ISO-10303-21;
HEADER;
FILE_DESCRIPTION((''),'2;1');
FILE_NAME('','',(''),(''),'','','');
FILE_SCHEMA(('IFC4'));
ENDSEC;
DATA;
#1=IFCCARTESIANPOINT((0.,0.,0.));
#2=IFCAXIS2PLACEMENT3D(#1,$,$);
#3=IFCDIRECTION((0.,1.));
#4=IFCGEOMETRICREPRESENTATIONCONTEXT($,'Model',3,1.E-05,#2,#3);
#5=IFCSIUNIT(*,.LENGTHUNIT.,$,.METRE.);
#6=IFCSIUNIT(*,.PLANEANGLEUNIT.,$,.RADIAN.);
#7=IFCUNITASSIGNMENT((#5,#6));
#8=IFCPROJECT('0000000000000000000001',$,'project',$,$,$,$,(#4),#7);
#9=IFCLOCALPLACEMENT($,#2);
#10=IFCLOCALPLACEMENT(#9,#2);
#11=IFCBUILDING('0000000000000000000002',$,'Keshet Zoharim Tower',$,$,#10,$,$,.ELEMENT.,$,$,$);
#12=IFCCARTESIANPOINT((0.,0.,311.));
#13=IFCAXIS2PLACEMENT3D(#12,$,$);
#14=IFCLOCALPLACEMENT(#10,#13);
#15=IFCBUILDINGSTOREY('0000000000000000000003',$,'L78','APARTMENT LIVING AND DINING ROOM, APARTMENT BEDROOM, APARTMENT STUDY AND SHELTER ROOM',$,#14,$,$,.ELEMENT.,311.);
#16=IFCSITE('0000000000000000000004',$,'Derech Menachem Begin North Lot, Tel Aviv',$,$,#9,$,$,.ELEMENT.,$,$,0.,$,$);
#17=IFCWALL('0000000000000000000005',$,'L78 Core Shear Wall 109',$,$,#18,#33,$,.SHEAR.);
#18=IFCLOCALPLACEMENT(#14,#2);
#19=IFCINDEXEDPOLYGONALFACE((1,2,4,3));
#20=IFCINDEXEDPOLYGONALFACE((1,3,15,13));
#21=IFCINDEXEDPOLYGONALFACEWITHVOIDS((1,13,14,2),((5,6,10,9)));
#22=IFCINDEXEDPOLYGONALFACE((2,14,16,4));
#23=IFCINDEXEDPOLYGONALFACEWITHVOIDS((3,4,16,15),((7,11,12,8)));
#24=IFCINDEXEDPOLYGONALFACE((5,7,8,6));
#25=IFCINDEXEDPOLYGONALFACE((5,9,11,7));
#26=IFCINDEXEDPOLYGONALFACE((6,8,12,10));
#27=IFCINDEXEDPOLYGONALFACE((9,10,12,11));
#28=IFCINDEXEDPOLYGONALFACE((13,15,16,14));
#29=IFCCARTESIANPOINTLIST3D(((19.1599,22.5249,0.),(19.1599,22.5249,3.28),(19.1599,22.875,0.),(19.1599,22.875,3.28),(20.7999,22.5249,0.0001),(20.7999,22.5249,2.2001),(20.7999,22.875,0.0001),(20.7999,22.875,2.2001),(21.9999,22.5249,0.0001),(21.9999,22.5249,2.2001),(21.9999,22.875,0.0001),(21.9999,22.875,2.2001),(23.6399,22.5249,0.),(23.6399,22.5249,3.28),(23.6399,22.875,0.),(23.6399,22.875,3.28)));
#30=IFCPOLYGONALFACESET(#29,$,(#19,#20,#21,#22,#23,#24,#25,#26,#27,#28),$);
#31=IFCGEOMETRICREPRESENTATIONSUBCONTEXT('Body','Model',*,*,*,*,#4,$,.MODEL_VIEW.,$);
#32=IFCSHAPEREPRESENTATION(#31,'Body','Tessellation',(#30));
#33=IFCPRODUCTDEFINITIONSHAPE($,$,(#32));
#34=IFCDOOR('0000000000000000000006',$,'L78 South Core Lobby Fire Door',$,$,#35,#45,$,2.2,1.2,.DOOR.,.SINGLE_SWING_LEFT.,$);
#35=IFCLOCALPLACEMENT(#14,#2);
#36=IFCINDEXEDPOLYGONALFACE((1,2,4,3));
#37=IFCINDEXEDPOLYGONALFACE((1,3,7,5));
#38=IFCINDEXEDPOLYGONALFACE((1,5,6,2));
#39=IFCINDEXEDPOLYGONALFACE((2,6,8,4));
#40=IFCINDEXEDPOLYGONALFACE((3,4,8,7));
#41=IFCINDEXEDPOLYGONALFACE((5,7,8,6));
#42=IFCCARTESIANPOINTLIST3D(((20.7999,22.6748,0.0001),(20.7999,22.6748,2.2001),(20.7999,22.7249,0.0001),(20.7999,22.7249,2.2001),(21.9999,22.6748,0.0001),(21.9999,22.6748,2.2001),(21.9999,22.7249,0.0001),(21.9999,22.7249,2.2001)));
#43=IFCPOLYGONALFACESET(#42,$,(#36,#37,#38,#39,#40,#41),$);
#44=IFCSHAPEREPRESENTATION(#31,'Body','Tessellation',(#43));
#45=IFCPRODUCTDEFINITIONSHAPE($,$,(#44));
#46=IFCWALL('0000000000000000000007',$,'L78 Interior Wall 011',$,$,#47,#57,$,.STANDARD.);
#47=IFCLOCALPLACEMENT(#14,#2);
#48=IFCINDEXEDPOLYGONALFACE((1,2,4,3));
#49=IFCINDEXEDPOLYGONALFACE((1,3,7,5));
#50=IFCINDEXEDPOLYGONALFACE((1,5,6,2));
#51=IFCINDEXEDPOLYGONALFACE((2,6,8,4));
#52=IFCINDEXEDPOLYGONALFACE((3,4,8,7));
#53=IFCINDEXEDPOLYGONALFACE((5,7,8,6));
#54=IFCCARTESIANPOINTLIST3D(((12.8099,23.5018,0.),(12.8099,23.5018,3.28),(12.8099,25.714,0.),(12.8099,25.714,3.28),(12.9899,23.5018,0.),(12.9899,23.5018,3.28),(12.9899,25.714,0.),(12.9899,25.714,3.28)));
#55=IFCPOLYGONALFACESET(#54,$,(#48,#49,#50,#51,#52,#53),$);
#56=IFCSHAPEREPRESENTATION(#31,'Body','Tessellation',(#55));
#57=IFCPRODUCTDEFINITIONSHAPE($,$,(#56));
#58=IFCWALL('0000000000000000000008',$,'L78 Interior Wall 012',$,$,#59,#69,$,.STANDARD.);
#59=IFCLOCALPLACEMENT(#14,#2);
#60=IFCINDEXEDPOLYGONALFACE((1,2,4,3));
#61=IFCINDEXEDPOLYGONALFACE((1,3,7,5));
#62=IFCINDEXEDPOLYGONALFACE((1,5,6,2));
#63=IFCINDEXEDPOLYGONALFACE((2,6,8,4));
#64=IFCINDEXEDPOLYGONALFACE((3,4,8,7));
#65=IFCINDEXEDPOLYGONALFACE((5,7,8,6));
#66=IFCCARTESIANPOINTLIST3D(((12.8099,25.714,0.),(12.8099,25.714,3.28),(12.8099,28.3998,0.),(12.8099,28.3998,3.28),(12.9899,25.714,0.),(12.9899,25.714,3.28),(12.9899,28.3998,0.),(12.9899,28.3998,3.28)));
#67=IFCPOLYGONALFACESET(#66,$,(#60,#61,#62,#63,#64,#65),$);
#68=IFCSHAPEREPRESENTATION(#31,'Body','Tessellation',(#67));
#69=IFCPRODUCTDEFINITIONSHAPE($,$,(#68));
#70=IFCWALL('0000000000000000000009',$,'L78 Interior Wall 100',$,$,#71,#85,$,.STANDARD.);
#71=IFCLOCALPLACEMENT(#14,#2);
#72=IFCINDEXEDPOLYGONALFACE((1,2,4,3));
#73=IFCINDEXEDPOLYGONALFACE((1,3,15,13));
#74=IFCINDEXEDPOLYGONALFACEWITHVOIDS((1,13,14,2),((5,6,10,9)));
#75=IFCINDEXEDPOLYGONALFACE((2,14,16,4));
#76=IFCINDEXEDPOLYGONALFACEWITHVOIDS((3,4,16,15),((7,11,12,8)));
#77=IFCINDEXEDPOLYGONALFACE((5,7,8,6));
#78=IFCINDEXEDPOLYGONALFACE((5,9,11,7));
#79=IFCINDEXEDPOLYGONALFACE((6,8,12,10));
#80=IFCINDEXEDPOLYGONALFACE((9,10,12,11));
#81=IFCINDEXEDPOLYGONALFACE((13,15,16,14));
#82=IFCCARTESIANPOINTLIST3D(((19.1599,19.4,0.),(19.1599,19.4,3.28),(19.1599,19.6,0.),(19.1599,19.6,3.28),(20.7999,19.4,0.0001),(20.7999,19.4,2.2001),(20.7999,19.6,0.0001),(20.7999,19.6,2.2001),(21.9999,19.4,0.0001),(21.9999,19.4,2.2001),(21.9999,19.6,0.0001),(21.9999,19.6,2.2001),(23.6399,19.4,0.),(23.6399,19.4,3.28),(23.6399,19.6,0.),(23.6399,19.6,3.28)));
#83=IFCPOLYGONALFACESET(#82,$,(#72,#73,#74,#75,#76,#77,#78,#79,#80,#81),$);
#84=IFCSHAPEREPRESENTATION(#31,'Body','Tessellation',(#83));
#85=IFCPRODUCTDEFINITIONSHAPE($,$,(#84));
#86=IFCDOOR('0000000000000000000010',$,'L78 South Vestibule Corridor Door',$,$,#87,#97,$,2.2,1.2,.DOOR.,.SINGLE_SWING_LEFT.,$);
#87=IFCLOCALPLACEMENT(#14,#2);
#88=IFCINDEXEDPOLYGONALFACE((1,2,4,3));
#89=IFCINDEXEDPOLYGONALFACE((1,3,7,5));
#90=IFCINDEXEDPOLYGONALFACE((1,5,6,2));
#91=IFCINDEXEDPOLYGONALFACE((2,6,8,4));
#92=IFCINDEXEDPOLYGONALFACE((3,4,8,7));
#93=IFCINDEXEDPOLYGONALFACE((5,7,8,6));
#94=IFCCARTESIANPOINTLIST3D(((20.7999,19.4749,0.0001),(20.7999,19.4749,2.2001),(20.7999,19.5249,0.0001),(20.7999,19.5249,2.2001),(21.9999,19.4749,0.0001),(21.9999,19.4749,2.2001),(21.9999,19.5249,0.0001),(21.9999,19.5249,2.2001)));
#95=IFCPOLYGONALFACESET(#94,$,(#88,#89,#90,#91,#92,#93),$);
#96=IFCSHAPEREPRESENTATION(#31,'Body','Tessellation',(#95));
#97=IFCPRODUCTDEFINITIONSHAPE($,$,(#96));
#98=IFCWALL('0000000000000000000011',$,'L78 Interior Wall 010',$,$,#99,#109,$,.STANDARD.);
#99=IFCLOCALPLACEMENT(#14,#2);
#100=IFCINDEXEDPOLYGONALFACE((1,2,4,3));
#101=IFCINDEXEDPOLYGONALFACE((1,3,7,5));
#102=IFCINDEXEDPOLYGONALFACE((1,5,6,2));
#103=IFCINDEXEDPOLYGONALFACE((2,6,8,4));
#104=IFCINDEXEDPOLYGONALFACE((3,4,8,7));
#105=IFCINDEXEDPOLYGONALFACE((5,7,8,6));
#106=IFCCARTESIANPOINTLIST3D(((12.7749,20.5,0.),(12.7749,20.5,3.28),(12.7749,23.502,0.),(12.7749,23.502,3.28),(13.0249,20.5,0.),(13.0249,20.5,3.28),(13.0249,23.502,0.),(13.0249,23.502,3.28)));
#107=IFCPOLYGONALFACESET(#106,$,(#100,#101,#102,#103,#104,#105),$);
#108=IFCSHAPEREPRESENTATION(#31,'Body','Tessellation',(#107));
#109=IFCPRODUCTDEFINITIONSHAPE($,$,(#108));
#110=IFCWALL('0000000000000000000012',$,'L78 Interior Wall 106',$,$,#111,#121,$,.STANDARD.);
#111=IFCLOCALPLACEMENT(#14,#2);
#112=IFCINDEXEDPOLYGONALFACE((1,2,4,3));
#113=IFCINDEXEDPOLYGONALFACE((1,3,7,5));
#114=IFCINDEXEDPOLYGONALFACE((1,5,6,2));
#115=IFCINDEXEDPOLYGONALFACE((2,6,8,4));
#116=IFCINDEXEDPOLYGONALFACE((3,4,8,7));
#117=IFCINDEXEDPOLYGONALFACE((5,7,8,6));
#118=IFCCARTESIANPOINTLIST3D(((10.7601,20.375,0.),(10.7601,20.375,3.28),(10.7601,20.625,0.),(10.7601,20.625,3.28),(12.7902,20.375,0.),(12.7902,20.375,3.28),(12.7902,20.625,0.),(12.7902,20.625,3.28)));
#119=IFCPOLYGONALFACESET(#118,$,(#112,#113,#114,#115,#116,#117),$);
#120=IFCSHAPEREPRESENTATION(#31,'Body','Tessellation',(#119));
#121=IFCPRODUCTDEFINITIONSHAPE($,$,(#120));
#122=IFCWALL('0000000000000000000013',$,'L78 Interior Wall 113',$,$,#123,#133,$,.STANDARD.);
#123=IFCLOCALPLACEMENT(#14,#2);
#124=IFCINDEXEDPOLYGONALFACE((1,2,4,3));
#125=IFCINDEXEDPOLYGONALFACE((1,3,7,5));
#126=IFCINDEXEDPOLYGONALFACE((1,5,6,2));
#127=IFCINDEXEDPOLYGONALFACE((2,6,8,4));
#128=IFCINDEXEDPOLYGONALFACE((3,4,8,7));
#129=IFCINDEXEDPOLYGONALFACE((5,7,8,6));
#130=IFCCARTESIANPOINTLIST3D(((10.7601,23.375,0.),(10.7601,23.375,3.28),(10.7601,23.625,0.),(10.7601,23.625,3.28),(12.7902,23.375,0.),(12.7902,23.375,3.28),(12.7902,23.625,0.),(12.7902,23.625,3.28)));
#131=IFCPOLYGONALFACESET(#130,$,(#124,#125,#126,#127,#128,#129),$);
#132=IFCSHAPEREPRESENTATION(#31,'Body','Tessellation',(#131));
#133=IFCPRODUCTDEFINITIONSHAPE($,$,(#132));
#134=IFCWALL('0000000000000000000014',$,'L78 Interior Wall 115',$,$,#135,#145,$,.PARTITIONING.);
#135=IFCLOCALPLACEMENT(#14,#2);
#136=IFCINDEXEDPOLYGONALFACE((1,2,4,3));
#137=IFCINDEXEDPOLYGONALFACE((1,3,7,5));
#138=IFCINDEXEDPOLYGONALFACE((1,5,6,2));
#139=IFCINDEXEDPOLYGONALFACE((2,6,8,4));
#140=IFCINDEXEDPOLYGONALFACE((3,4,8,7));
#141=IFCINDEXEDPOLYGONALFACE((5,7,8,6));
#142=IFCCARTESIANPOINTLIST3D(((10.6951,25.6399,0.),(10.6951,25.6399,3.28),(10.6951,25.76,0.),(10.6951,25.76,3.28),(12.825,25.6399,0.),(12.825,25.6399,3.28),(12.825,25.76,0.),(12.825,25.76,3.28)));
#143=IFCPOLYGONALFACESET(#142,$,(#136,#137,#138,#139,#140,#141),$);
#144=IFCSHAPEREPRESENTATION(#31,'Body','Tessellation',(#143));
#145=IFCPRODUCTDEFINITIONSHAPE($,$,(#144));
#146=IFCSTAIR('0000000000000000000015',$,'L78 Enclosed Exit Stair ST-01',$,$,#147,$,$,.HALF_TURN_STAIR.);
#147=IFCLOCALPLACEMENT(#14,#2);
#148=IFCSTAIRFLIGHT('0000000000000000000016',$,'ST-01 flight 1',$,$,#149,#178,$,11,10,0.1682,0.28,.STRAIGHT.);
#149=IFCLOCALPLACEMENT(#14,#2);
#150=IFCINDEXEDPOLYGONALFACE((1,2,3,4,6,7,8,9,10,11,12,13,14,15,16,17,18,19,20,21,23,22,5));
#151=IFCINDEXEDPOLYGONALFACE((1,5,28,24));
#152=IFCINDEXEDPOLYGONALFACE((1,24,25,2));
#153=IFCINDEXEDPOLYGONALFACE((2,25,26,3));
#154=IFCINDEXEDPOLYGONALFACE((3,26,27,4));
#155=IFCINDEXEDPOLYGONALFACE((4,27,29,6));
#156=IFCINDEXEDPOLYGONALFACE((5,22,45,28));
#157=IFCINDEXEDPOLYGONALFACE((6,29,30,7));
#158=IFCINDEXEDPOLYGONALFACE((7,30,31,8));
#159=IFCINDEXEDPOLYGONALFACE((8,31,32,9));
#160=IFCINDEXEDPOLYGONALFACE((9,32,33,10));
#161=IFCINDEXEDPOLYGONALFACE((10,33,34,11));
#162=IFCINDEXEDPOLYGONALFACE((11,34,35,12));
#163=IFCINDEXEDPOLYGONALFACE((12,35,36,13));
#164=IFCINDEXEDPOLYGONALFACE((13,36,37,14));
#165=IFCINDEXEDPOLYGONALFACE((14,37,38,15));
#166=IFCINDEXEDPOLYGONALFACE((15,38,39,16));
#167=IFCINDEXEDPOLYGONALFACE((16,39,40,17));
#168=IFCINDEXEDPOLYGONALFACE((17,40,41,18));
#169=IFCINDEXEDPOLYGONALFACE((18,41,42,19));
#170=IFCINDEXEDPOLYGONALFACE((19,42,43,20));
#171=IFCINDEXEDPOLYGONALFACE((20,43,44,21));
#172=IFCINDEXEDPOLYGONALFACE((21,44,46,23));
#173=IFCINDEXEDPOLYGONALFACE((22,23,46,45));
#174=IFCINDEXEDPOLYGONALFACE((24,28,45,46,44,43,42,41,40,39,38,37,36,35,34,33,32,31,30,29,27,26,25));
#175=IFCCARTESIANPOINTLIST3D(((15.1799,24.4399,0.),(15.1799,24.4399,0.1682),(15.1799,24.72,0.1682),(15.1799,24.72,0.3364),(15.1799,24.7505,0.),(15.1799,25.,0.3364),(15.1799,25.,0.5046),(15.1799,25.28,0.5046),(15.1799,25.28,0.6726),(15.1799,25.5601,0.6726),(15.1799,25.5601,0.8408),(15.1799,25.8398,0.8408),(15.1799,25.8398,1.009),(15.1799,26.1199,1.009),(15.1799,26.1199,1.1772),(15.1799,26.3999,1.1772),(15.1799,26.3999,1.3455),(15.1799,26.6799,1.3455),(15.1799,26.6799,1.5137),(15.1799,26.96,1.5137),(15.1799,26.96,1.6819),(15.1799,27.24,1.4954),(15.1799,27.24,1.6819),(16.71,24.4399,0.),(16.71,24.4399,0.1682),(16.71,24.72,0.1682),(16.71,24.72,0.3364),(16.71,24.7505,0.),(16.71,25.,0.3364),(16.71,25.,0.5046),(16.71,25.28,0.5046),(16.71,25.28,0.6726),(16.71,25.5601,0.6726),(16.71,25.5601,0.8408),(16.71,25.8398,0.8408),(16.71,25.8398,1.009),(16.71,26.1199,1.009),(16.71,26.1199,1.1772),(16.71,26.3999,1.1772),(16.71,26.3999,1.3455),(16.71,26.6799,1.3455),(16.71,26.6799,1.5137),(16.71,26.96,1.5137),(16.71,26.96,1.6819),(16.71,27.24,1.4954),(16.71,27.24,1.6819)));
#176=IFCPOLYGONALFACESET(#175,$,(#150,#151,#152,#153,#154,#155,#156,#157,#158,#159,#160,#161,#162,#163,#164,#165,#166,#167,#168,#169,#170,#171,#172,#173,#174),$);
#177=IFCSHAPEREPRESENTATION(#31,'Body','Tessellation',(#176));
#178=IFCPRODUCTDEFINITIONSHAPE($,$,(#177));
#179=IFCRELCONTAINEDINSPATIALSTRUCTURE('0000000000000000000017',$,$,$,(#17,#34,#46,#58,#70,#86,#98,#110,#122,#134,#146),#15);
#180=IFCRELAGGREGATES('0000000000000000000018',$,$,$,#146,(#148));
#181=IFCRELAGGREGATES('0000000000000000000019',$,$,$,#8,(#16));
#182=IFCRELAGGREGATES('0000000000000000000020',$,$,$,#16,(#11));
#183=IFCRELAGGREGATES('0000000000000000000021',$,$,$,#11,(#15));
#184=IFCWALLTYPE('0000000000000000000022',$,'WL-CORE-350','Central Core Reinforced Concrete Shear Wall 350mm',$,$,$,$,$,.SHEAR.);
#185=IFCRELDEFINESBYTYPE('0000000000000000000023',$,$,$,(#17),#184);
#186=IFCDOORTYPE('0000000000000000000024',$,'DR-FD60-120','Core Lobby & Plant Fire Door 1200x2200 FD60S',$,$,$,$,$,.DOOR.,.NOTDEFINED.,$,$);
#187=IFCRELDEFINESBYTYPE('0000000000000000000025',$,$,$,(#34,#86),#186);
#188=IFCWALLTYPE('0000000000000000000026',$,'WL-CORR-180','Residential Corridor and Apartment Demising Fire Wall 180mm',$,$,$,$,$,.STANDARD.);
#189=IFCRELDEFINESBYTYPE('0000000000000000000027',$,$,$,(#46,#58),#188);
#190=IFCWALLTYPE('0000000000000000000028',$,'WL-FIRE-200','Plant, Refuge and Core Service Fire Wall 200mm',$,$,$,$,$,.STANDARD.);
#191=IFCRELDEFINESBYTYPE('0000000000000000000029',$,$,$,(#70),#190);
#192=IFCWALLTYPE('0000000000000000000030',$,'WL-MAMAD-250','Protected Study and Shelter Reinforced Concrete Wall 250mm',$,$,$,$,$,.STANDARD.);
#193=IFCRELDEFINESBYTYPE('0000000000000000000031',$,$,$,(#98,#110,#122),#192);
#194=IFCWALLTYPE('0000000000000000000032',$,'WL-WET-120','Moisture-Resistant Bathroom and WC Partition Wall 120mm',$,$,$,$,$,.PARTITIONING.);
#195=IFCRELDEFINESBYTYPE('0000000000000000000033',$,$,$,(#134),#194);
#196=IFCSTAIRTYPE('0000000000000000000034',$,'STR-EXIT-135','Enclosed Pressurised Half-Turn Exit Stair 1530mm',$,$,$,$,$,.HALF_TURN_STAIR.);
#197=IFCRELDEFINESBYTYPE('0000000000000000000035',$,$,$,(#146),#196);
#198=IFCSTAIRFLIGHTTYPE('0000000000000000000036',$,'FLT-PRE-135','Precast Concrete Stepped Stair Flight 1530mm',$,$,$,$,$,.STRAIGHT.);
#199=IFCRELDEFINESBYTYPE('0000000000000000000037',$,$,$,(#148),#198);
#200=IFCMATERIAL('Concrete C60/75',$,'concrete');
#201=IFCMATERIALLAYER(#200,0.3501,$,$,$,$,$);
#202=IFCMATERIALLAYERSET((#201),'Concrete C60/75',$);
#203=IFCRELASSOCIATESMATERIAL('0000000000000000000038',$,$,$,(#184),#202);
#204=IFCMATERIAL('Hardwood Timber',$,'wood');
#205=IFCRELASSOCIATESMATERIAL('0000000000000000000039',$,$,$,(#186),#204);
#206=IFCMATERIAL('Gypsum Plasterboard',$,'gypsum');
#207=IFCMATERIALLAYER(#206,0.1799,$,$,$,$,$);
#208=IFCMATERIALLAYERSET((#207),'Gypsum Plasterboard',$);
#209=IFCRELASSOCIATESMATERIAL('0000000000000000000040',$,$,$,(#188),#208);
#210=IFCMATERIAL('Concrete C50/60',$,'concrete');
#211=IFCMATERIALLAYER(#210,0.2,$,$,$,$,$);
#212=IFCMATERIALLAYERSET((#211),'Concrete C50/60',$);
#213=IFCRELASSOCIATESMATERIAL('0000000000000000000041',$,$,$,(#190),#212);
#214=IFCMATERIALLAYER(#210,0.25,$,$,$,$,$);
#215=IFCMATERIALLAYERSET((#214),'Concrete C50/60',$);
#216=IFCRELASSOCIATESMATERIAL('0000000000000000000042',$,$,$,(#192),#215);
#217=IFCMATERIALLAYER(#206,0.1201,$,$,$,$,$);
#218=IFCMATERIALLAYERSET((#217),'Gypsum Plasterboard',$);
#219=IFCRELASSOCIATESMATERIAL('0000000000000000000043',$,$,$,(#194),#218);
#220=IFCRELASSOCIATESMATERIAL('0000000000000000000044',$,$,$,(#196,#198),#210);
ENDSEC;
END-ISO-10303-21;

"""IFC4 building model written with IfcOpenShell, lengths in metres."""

from ifc_helpers import new_model, si_unit, direction, frame, frame_2d, origin, place, context, subcontext, project, spatial, polyline, rectangle, outline, extrude, material, layer, layer_set, type_object, element, fill, aggregate, save


model = new_model("IFC4")

# Units and contexts
model_context = context("Model", 3, precision=1e-05, world=origin(), true_north=direction((0.0, 1.0)))
body_context = subcontext(model_context, "Body", "Model", "MODEL_VIEW")
ifc_project = project(units=[si_unit("LENGTHUNIT", "METRE"), si_unit("PLANEANGLEUNIT", "RADIAN")], contexts=[model_context])

# Site, building, storey
site_placement = place(None, origin())
site = spatial("IfcSite", under=ifc_project, at=site_placement, Name="Derech Menachem Begin North Lot, Tel Aviv", CompositionType="ELEMENT", RefElevation=0.0)
building_placement = place(site_placement, origin())
building = spatial("IfcBuilding", under=site, at=building_placement, Name="Keshet Zoharim Tower", CompositionType="ELEMENT")
storey_placement = place(building_placement, frame((0.0, 0.0, 311.0)))
storey = spatial("IfcBuildingStorey", under=building, at=storey_placement, Name="L78", Description="APARTMENT LIVING AND DINING ROOM, APARTMENT BEDROOM, APARTMENT STUDY AND SHELTER ROOM", CompositionType="ELEMENT", Elevation=311.0)

# Shared definitions
ifc_material_1 = material(Name="Concrete C50/60", Category="concrete")

# Shared definitions
ifc_material_2 = material(Name="Concrete C60/75", Category="concrete")
ifc_layer_1 = layer(ifc_material_2, 0.3501)
ifc_layer_set_1 = layer_set([ifc_layer_1], Name="Concrete C60/75")
wall_type_1 = type_object("IfcWallType", Name="WL-CORE-350", Description="Central Core Reinforced Concrete Shear Wall 350mm", PredefinedType="SHEAR", material=ifc_layer_set_1)

# Shared definitions
ifc_material_3 = material(Name="Hardwood Timber", Category="wood")

# Wall, opening, door
wall_1_placement = place(storey_placement, frame((19.1599, 22.7, 0.0), z_axis=(0.0, 0.0, 1.0), x_axis=(1.0, 0.0, 0.0)))
wall_1 = element("IfcWall", 1, at=wall_1_placement, inside=storey, type_object=wall_type_1, Name="L78 Core Shear Wall 109", PredefinedType="SHEAR", context=body_context, shape_type="SweptSolid", body=[
    extrude(rectangle(XDim=4.48, YDim=0.3501, at=frame_2d((2.24, 0.0))), origin(), (0.0, 0.0, 1.0), 3.28),
])
opening_1_placement = place(wall_1_placement, frame((1.6399, 0.0, 0.0)))
opening_1 = element("IfcOpeningElement", 2, at=opening_1_placement, cuts=wall_1, PredefinedType="OPENING", context=body_context, shape_type="SweptSolid", body=[
    extrude(rectangle(XDim=1.2, YDim=2.2, at=frame_2d((0.6001, 1.1001))), frame((0.0, 0.1851, 0.0), z_axis=(0.0, -1.0, 0.0), x_axis=(1.0, 0.0, 0.0)), (0.0, 0.0, 1.0), 0.3701),
])
door_type_1 = type_object("IfcDoorType", Name="DR-FD60-120", Description="Core Lobby & Plant Fire Door 1200x2200 FD60S", OperationType="NOTDEFINED", PredefinedType="DOOR", material=ifc_material_3)
door_1_placement = place(opening_1_placement, origin())
door_1 = element("IfcDoor", 3, at=door_1_placement, inside=storey, type_object=door_type_1, Name="L78 South Core Lobby Fire Door", OperationType="SINGLE_SWING_LEFT", OverallHeight=2.2, OverallWidth=1.2, PredefinedType="DOOR", context=body_context, shape_type="SweptSolid", body=[
    extrude(rectangle(XDim=1.2, YDim=2.2, at=frame_2d((0.6001, 1.1001))), frame((0.0, 0.0249, 0.0), z_axis=(0.0, -1.0, 0.0), x_axis=(1.0, 0.0, 0.0)), (0.0, 0.0, 1.0), 0.05),
])
fill(opening_1, door_1)

# Walls
ifc_material_4 = material(Name="Gypsum Plasterboard", Category="gypsum")
ifc_layer_2 = layer(ifc_material_4, 0.1799)
ifc_layer_set_2 = layer_set([ifc_layer_2], Name="Gypsum Plasterboard")
wall_type_2 = type_object("IfcWallType", Name="WL-CORR-180", Description="Residential Corridor and Apartment Demising Fire Wall 180mm", PredefinedType="STANDARD", material=ifc_layer_set_2)
wall_2_placement = place(storey_placement, frame((12.8999, 23.502, 0.0), z_axis=(0.0, 0.0, 1.0), x_axis=(0.0, 1.0, 0.0)))
element("IfcWall", 4, at=wall_2_placement, inside=storey, type_object=wall_type_2, Name="L78 Interior Wall 011", PredefinedType="STANDARD", context=body_context, shape_type="SweptSolid", body=[
    extrude(rectangle(XDim=2.2122, YDim=0.1799, at=frame_2d((1.106, 0.0))), origin(), (0.0, 0.0, 1.0), 3.28),
])
wall_3_placement = place(storey_placement, frame((12.8999, 25.7141, 0.0), z_axis=(0.0, 0.0, 1.0), x_axis=(0.0, 1.0, 0.0)))
element("IfcWall", 5, at=wall_3_placement, inside=storey, type_object=wall_type_2, Name="L78 Interior Wall 012", PredefinedType="STANDARD", context=body_context, shape_type="SweptSolid", body=[
    extrude(rectangle(XDim=2.6858, YDim=0.1799, at=frame_2d((1.3428, 0.0))), origin(), (0.0, 0.0, 1.0), 3.28),
])

# Wall, opening, door
ifc_layer_3 = layer(ifc_material_1, 0.2)
ifc_layer_set_3 = layer_set([ifc_layer_3], Name="Concrete C50/60")
wall_type_3 = type_object("IfcWallType", Name="WL-FIRE-200", Description="Plant, Refuge and Core Service Fire Wall 200mm", PredefinedType="STANDARD", material=ifc_layer_set_3)
wall_4_placement = place(storey_placement, frame((19.1599, 19.5, 0.0), z_axis=(0.0, 0.0, 1.0), x_axis=(1.0, 0.0, 0.0)))
wall_4 = element("IfcWall", 6, at=wall_4_placement, inside=storey, type_object=wall_type_3, Name="L78 Interior Wall 100", PredefinedType="STANDARD", context=body_context, shape_type="SweptSolid", body=[
    extrude(rectangle(XDim=4.48, YDim=0.2, at=frame_2d((2.24, 0.0))), origin(), (0.0, 0.0, 1.0), 3.28),
])
opening_2_placement = place(wall_4_placement, frame((1.6399, 0.0, 0.0)))
opening_2 = element("IfcOpeningElement", 7, at=opening_2_placement, cuts=wall_4, PredefinedType="OPENING", context=body_context, shape_type="SweptSolid", body=[
    extrude(rectangle(XDim=1.2, YDim=2.2, at=frame_2d((0.6001, 1.1001))), frame((0.0, 0.1099, 0.0), z_axis=(0.0, -1.0, 0.0), x_axis=(1.0, 0.0, 0.0)), (0.0, 0.0, 1.0), 0.22),
])
door_2_placement = place(opening_2_placement, origin())
door_2 = element("IfcDoor", 8, at=door_2_placement, inside=storey, type_object=door_type_1, Name="L78 South Vestibule Corridor Door", OperationType="SINGLE_SWING_LEFT", OverallHeight=2.2, OverallWidth=1.2, PredefinedType="DOOR", context=body_context, shape_type="SweptSolid", body=[
    extrude(rectangle(XDim=1.2, YDim=2.2, at=frame_2d((0.6001, 1.1001))), frame((0.0, 0.0249, 0.0), z_axis=(0.0, -1.0, 0.0), x_axis=(1.0, 0.0, 0.0)), (0.0, 0.0, 1.0), 0.05),
])
fill(opening_2, door_2)

# Walls
ifc_layer_4 = layer(ifc_material_1, 0.25)
ifc_layer_set_4 = layer_set([ifc_layer_4], Name="Concrete C50/60")
wall_type_4 = type_object("IfcWallType", Name="WL-MAMAD-250", Description="Protected Study and Shelter Reinforced Concrete Wall 250mm", PredefinedType="STANDARD", material=ifc_layer_set_4)
wall_5_placement = place(storey_placement, frame((12.8999, 20.5, 0.0), z_axis=(0.0, 0.0, 1.0), x_axis=(0.0, 1.0, 0.0)))
element("IfcWall", 9, at=wall_5_placement, inside=storey, type_object=wall_type_4, Name="L78 Interior Wall 010", PredefinedType="STANDARD", context=body_context, shape_type="SweptSolid", body=[
    extrude(rectangle(XDim=3.002, YDim=0.25, at=frame_2d((1.501, 0.0))), origin(), (0.0, 0.0, 1.0), 3.28),
])
for number, where, z_axis, x_axis, name in (
    (10, (10.76, 20.5, 0.0), (0.0, 0.0, 1.0), (1.0, 0.0, 0.0), "L78 Interior Wall 106"),
    (11, (10.76, 23.5, 0.0), (0.0, 0.0, 1.0), (1.0, 0.0, 0.0), "L78 Interior Wall 113"),
):
    element("IfcWall", number, at=place(storey_placement, frame(where, z_axis=z_axis, x_axis=x_axis)), inside=storey, type_object=wall_type_4, Name=name, PredefinedType="STANDARD", context=body_context, shape_type="SweptSolid", body=[
        extrude(rectangle(XDim=2.03, YDim=0.25, at=frame_2d((1.0151, 0.0))), origin(), (0.0, 0.0, 1.0), 3.28),
    ])

# Wall
ifc_layer_5 = layer(ifc_material_4, 0.1201)
ifc_layer_set_5 = layer_set([ifc_layer_5], Name="Gypsum Plasterboard")
wall_type_5 = type_object("IfcWallType", Name="WL-WET-120", Description="Moisture-Resistant Bathroom and WC Partition Wall 120mm", PredefinedType="PARTITIONING", material=ifc_layer_set_5)
wall_6_placement = place(storey_placement, frame((10.6951, 25.7, 0.0), z_axis=(0.0, 0.0, 1.0), x_axis=(1.0, 0.0, 0.0)))
element("IfcWall", 12, at=wall_6_placement, inside=storey, type_object=wall_type_5, Name="L78 Interior Wall 115", PredefinedType="PARTITIONING", context=body_context, shape_type="SweptSolid", body=[
    extrude(rectangle(XDim=2.1299, YDim=0.1201, at=frame_2d((1.0649, 0.0))), origin(), (0.0, 0.0, 1.0), 3.28),
])

# Stair, stair flight
stair_type = type_object("IfcStairType", Name="STR-EXIT-135", Description="Enclosed Pressurised Half-Turn Exit Stair 1530mm", PredefinedType="HALF_TURN_STAIR", material=ifc_material_1)
stair_placement = place(storey_placement, origin())
stair = element("IfcStair", 13, at=stair_placement, inside=storey, type_object=stair_type, Name="L78 Enclosed Exit Stair ST-01", PredefinedType="HALF_TURN_STAIR")
stair_flight_type = type_object("IfcStairFlightType", Name="FLT-PRE-135", Description="Precast Concrete Stepped Stair Flight 1530mm", PredefinedType="STRAIGHT", material=ifc_material_1)
stair_flight_1_placement = place(storey_placement, frame((15.9451, 24.4399, 0.0), z_axis=(0.0, 0.0, 1.0), x_axis=(0.0, 1.0, 0.0)))
stair_flight_1 = element("IfcStairFlight", 14, at=stair_flight_1_placement, type_object=stair_flight_type, Name="ST-01 flight 1", NumberOfRisers=11, NumberOfTreads=10, PredefinedType="STRAIGHT", RiserHeight=0.1682, TreadLength=0.28, context=body_context, shape_type="SweptSolid", body=[
    extrude(outline(polyline([(0.0, 0.0), (0.0, 0.1682), (0.28, 0.1682), (0.28, 0.3364), (0.5601, 0.3364), (0.5601, 0.5046), (0.8401, 0.5046), (0.8401, 0.6726), (1.1201, 0.6726), (1.1201, 0.8408), (1.3999, 0.8408), (1.3999, 1.009), (1.6799, 1.009), (1.6799, 1.1772), (1.96, 1.1772), (1.96, 1.3455), (2.24, 1.3455), (2.24, 1.5137), (2.52, 1.5137), (2.52, 1.6819), (2.8, 1.6819), (2.8, 1.8501), (2.8, 1.4954), (0.3105, 0.0), (0.0, 0.0)])), frame((0.0, 0.7651, 0.0), z_axis=(0.0, -1.0, 0.0), x_axis=(1.0, 0.0, 0.0)), (0.0, 0.0, 1.0), 1.53),
])
aggregate(stair, [stair_flight_1])

save(model, "model.ifc")
